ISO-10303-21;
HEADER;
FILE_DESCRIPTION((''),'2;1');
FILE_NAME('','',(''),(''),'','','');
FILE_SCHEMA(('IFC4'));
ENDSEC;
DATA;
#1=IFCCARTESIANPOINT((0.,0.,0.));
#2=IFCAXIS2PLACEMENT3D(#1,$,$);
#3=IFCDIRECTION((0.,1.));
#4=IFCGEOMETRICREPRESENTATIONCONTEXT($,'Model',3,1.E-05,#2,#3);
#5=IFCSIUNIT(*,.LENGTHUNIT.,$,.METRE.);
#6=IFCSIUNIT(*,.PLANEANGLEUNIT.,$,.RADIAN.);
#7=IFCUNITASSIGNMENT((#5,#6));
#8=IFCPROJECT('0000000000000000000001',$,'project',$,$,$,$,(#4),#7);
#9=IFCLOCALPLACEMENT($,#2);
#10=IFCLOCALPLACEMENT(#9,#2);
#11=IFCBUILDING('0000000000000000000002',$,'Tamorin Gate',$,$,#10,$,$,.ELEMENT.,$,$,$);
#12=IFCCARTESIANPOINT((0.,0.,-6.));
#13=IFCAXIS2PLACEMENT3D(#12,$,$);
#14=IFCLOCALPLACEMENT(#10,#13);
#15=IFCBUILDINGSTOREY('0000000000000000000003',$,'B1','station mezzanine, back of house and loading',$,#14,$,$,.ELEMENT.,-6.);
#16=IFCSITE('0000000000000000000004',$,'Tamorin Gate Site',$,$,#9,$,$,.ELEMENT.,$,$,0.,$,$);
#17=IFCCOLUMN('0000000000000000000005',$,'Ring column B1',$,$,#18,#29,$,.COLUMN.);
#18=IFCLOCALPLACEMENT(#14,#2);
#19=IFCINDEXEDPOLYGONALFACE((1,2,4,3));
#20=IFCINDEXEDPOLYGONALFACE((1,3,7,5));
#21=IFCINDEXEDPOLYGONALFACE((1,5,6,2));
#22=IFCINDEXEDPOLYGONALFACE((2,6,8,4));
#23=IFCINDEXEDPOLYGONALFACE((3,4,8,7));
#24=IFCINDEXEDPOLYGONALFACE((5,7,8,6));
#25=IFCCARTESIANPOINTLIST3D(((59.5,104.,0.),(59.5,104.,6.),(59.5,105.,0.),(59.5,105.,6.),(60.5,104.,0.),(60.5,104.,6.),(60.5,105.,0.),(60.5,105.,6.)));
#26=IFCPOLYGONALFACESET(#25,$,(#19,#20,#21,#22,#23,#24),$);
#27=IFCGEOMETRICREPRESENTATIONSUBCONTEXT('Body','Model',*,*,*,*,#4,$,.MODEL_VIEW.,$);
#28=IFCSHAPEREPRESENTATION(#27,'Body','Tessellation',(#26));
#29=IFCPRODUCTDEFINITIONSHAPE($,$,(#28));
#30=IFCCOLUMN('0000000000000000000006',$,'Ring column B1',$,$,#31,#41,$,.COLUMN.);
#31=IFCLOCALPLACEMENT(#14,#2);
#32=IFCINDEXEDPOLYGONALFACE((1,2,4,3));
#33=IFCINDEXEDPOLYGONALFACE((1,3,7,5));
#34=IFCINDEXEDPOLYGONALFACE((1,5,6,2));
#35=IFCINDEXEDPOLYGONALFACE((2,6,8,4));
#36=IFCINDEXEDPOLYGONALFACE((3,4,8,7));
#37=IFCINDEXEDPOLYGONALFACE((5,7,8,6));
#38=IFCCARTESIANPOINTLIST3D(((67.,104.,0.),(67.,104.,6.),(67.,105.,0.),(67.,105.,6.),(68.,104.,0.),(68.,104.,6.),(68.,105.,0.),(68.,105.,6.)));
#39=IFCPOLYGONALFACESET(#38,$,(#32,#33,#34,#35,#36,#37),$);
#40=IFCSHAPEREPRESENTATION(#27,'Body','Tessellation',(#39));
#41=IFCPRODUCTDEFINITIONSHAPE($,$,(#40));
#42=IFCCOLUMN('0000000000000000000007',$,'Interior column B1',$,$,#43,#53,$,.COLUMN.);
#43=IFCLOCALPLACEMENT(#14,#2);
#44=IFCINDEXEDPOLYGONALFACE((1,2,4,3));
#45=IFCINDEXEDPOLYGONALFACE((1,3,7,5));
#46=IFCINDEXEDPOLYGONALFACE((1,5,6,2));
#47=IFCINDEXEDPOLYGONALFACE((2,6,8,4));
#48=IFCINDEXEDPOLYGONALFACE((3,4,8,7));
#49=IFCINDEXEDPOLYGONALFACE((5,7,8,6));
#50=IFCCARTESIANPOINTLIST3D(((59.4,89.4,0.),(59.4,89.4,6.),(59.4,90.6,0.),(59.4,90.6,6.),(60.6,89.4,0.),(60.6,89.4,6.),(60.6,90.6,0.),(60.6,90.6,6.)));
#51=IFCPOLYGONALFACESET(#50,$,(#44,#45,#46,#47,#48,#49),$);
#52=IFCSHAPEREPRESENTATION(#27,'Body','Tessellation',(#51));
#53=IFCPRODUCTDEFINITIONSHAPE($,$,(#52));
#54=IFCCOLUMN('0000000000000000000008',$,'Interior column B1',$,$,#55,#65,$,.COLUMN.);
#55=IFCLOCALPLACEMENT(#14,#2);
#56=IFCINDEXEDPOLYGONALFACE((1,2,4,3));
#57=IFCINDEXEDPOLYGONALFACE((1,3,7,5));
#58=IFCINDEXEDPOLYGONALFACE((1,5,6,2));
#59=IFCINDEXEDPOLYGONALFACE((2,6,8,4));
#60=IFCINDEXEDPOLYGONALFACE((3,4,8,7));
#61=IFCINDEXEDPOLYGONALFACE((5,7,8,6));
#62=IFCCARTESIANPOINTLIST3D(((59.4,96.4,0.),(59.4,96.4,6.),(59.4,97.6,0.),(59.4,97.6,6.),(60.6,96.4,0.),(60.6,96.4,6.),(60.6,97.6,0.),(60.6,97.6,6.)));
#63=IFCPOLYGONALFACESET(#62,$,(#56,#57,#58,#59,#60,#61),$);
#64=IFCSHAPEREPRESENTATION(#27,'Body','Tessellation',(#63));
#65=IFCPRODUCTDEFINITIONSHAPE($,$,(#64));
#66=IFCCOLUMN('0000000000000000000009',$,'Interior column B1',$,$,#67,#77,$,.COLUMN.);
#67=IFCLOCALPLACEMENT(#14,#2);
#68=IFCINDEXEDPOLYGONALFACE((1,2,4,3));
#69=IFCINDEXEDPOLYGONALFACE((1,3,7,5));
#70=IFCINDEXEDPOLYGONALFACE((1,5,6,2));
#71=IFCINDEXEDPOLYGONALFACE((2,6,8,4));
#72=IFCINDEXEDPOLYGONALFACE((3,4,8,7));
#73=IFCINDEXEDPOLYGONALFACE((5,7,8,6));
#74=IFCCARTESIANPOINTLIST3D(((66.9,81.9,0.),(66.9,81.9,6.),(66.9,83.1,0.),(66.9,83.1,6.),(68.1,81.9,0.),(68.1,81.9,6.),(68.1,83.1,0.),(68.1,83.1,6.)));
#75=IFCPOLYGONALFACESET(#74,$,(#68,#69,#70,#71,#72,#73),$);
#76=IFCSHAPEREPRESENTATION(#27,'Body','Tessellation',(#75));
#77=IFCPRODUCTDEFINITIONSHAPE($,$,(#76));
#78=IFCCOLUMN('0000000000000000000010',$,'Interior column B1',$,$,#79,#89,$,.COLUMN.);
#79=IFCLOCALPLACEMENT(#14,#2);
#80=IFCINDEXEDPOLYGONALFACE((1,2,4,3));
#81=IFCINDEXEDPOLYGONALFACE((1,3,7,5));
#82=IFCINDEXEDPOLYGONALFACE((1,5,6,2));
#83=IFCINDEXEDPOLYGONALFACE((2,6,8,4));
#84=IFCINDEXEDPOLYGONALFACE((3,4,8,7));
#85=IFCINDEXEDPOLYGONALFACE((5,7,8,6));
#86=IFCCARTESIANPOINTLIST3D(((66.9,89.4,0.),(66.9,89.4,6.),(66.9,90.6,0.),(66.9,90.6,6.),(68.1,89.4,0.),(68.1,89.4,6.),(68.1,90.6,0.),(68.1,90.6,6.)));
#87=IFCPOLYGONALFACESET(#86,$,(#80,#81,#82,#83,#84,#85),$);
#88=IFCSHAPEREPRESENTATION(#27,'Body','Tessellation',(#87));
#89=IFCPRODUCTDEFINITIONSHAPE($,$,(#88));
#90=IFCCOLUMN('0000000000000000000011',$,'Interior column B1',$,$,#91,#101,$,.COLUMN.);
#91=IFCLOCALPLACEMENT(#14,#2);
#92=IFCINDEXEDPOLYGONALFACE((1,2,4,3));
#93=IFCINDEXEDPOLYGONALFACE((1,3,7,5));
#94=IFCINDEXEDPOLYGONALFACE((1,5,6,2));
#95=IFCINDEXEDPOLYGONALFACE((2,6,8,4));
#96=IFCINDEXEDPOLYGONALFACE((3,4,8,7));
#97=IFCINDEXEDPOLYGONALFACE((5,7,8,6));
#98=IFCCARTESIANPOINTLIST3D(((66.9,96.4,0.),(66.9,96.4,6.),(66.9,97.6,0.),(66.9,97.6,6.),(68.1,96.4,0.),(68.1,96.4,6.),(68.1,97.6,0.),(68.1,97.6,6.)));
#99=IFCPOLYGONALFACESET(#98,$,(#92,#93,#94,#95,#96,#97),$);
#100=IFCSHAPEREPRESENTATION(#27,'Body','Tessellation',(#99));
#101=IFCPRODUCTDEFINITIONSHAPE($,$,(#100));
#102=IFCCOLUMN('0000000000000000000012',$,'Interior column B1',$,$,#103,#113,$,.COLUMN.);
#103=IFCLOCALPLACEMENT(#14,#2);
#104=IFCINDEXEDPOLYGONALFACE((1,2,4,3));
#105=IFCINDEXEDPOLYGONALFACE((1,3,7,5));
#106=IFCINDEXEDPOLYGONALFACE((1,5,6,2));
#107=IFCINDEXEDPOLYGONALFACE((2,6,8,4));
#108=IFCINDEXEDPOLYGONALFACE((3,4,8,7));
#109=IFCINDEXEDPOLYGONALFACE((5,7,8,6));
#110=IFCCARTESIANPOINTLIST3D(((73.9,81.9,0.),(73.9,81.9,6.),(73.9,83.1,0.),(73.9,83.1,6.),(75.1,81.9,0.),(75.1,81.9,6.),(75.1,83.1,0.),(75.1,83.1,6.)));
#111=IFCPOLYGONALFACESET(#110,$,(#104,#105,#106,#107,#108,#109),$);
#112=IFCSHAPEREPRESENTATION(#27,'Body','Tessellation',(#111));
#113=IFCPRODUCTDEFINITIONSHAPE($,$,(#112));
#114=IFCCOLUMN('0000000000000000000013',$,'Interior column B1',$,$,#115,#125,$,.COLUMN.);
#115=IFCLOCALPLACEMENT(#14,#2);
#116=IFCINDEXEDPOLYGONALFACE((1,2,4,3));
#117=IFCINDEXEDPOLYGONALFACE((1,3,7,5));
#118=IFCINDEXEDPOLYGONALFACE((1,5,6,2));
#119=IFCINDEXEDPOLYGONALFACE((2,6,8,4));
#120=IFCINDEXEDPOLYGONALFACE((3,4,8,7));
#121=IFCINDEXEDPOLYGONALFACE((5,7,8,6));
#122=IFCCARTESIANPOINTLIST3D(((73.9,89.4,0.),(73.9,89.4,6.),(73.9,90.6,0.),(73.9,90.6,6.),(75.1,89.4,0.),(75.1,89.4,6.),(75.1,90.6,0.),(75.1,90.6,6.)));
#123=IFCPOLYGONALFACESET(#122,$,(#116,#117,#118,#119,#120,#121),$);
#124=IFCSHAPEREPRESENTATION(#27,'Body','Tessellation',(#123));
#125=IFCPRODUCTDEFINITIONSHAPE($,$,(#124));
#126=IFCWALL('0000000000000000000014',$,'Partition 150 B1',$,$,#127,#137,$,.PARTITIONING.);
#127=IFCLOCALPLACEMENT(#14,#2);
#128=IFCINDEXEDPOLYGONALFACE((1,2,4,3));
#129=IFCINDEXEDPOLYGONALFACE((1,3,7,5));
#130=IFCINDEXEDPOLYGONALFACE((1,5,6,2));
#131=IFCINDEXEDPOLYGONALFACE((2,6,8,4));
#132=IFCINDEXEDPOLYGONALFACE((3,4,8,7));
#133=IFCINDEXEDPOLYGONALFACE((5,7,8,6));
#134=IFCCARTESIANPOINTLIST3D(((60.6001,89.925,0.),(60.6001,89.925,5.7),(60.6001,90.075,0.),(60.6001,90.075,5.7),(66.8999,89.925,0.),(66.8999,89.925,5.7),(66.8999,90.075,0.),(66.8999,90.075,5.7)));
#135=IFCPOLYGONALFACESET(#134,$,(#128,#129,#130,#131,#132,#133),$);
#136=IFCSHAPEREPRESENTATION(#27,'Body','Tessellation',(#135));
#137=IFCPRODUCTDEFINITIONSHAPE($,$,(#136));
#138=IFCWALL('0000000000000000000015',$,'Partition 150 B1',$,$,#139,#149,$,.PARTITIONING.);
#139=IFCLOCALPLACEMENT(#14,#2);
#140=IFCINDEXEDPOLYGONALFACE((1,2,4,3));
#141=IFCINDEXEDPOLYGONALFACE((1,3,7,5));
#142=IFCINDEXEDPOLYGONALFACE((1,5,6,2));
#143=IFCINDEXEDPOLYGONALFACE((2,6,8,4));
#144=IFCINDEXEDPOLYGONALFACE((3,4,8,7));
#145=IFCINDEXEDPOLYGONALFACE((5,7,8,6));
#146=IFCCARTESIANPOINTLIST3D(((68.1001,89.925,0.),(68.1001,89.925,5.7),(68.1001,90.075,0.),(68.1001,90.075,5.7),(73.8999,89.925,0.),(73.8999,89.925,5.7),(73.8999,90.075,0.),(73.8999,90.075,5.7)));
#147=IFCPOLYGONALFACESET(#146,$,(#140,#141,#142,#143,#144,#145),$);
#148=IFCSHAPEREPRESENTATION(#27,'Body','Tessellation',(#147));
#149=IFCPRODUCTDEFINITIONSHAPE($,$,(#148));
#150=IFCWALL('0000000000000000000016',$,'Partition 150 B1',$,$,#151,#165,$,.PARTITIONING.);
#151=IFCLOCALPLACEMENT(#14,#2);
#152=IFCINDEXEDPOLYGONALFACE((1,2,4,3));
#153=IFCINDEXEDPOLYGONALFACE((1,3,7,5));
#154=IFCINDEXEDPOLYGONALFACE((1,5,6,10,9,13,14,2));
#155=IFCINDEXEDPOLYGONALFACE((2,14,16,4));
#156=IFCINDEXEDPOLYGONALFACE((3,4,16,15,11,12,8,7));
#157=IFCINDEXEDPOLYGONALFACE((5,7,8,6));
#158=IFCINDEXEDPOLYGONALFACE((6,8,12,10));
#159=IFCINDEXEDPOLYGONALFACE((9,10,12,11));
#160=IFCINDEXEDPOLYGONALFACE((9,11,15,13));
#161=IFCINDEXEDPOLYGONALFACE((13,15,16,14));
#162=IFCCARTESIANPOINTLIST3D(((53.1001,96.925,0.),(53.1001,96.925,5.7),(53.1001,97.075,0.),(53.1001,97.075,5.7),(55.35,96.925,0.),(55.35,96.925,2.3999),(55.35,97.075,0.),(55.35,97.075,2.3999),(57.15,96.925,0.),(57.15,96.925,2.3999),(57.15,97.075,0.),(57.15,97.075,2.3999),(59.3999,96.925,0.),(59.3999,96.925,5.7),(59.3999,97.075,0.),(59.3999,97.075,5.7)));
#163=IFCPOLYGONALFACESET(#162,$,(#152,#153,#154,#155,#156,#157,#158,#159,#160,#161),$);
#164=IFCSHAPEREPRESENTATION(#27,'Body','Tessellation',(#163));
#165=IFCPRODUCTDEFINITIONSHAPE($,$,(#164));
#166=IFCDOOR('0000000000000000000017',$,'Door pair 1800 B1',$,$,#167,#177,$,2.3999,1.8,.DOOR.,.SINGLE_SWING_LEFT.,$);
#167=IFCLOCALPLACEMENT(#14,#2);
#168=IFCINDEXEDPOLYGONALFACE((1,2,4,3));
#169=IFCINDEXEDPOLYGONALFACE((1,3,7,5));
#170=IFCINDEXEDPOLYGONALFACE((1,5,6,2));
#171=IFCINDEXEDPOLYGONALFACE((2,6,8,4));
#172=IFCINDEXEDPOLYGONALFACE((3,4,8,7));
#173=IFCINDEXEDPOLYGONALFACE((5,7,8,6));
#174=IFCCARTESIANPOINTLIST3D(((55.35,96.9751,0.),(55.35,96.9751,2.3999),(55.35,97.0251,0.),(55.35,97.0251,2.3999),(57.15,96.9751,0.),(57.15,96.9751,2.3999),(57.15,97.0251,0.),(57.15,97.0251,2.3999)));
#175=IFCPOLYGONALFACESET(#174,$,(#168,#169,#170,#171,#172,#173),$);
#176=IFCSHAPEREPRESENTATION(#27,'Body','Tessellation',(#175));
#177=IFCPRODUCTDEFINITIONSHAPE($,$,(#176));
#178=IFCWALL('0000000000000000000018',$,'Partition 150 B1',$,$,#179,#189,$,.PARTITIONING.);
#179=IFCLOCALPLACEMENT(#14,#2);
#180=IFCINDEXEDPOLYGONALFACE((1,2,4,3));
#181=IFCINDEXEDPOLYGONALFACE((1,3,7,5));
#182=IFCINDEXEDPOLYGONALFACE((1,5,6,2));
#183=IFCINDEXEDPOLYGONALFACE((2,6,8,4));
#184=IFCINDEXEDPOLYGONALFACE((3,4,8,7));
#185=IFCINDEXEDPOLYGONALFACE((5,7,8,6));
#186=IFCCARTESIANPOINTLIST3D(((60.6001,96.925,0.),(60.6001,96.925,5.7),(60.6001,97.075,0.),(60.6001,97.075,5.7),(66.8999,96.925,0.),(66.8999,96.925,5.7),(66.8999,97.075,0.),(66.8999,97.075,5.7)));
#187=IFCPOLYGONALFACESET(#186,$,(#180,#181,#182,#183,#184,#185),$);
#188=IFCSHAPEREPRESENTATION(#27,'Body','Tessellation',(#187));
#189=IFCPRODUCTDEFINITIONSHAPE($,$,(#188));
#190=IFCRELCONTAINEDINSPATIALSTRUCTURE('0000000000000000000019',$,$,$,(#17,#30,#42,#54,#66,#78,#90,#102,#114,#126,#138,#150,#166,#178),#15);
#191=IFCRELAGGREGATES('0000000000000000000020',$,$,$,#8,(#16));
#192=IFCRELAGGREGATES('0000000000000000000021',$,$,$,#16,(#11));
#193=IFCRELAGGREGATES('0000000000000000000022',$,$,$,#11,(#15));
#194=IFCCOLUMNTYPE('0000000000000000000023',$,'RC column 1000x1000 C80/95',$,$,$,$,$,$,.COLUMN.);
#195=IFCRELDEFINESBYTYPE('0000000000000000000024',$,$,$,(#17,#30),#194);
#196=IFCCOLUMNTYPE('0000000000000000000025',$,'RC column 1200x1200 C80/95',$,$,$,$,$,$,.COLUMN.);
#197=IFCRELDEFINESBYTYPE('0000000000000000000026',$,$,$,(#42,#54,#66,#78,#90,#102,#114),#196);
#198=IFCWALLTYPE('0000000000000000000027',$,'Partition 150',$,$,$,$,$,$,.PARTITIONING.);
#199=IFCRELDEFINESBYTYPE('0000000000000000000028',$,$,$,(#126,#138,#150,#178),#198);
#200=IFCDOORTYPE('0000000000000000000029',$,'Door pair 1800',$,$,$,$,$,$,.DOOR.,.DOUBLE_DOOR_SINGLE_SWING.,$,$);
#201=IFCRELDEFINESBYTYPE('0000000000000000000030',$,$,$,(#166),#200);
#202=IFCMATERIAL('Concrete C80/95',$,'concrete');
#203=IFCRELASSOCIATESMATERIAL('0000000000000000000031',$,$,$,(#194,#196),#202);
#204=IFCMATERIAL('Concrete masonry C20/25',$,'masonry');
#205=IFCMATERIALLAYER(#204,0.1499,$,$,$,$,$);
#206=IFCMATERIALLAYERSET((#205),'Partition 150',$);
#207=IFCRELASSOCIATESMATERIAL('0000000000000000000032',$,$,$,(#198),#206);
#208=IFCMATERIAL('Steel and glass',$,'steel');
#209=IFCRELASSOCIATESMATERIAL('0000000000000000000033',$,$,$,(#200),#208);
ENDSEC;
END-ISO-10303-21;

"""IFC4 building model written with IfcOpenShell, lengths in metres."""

from ifc_helpers import new_model, si_unit, direction, frame, frame_2d, origin, origin_2d, place, context, subcontext, project, spatial, rectangle, extrude, material, layer, layer_set, material_profile, profile_set, type_object, element, fill, save


model = new_model("IFC4")

# Units and contexts
model_context = context("Model", 3, precision=1e-05, world=origin(), true_north=direction((0.0, 1.0)))
body_context = subcontext(model_context, "Body", "Model", "MODEL_VIEW")
ifc_project = project(units=[si_unit("LENGTHUNIT", "METRE"), si_unit("PLANEANGLEUNIT", "RADIAN")], contexts=[model_context])

# Site, building, storey
site_placement = place(None, origin())
site = spatial("IfcSite", under=ifc_project, at=site_placement, Name="Tamorin Gate Site", CompositionType="ELEMENT", RefElevation=0.0)
building_placement = place(site_placement, origin())
building = spatial("IfcBuilding", under=site, at=building_placement, Name="Tamorin Gate", CompositionType="ELEMENT")
storey_placement = place(building_placement, frame((0.0, 0.0, -6.0)))
storey = spatial("IfcBuildingStorey", under=building, at=storey_placement, Name="B1", Description="station mezzanine, back of house and loading", CompositionType="ELEMENT", Elevation=-6.0)

# Columns
ifc_material_1 = material(Name="Concrete C80/95", Category="concrete")
ifc_material_profile_1 = material_profile(ifc_material_1, rectangle(XDim=1.0, YDim=1.0, at=origin_2d()), Name="RC 1000x1000")
ifc_profile_set_1 = profile_set([ifc_material_profile_1], Name="Concrete C80/95")
column_type_1 = type_object("IfcColumnType", Name="RC column 1000x1000 C80/95", PredefinedType="COLUMN", material=ifc_profile_set_1)
for number, where, z_axis, x_axis, name in (
    (1, (60.0, 104.5, 0.0), (0.0, 0.0, 1.0), (1.0, 0.0, 0.0), "Ring column B1"),
    (2, (67.5, 104.5, 0.0), (0.0, 0.0, 1.0), (1.0, 0.0, 0.0), "Ring column B1"),
):
    element("IfcColumn", number, at=place(storey_placement, frame(where, z_axis=z_axis, x_axis=x_axis)), inside=storey, type_object=column_type_1, Name=name, PredefinedType="COLUMN", context=body_context, shape_type="SweptSolid", body=[
        extrude(rectangle(XDim=1.0, YDim=1.0, at=origin_2d()), origin(), (0.0, 0.0, 1.0), 6.0),
    ])
ifc_material_profile_2 = material_profile(ifc_material_1, rectangle(XDim=1.2, YDim=1.2, at=origin_2d()), Name="RC 1200x1200")
ifc_profile_set_2 = profile_set([ifc_material_profile_2], Name="Concrete C80/95")
column_type_2 = type_object("IfcColumnType", Name="RC column 1200x1200 C80/95", PredefinedType="COLUMN", material=ifc_profile_set_2)
for number, where, z_axis, x_axis, name in (
    (3, (60.0, 90.0, 0.0), (0.0, 0.0, 1.0), (1.0, 0.0, 0.0), "Interior column B1"),
    (4, (60.0, 97.0, 0.0), (0.0, 0.0, 1.0), (1.0, 0.0, 0.0), "Interior column B1"),
    (5, (67.5, 82.5, 0.0), (0.0, 0.0, 1.0), (1.0, 0.0, 0.0), "Interior column B1"),
    (6, (67.5, 90.0, 0.0), (0.0, 0.0, 1.0), (1.0, 0.0, 0.0), "Interior column B1"),
    (7, (67.5, 97.0, 0.0), (0.0, 0.0, 1.0), (1.0, 0.0, 0.0), "Interior column B1"),
    (8, (74.5, 82.5, 0.0), (0.0, 0.0, 1.0), (1.0, 0.0, 0.0), "Interior column B1"),
    (9, (74.5, 90.0, 0.0), (0.0, 0.0, 1.0), (1.0, 0.0, 0.0), "Interior column B1"),
):
    element("IfcColumn", number, at=place(storey_placement, frame(where, z_axis=z_axis, x_axis=x_axis)), inside=storey, type_object=column_type_2, Name=name, PredefinedType="COLUMN", context=body_context, shape_type="SweptSolid", body=[
        extrude(rectangle(XDim=1.2, YDim=1.2, at=origin_2d()), origin(), (0.0, 0.0, 1.0), 6.0),
    ])

# Walls
ifc_material_2 = material(Name="Concrete masonry C20/25", Category="masonry")
ifc_layer_1 = layer(ifc_material_2, 0.1499)
ifc_layer_set_1 = layer_set([ifc_layer_1], Name="Partition 150")
wall_type_1 = type_object("IfcWallType", Name="Partition 150", PredefinedType="PARTITIONING", material=ifc_layer_set_1)
wall_1_placement = place(storey_placement, frame((60.6001, 90.0, 0.0), z_axis=(0.0, 0.0, 1.0), x_axis=(1.0, 0.0, 0.0)))
element("IfcWall", 10, at=wall_1_placement, inside=storey, type_object=wall_type_1, Name="Partition 150 B1", PredefinedType="PARTITIONING", context=body_context, shape_type="SweptSolid", body=[
    extrude(rectangle(XDim=6.2998, YDim=0.1499, at=frame_2d((3.1499, 0.0))), origin(), (0.0, 0.0, 1.0), 5.7),
])
wall_2_placement = place(storey_placement, frame((68.1001, 90.0, 0.0), z_axis=(0.0, 0.0, 1.0), x_axis=(1.0, 0.0, 0.0)))
element("IfcWall", 11, at=wall_2_placement, inside=storey, type_object=wall_type_1, Name="Partition 150 B1", PredefinedType="PARTITIONING", context=body_context, shape_type="SweptSolid", body=[
    extrude(rectangle(XDim=5.7998, YDim=0.1499, at=frame_2d((2.8999, 0.0))), origin(), (0.0, 0.0, 1.0), 5.7),
])

# Wall, opening, door
wall_3_placement = place(storey_placement, frame((59.3999, 97.0, 0.0), z_axis=(0.0, 0.0, 1.0), x_axis=(-1.0, 0.0, 0.0)))
wall_3 = element("IfcWall", 12, at=wall_3_placement, inside=storey, type_object=wall_type_1, Name="Partition 150 B1", PredefinedType="PARTITIONING", context=body_context, shape_type="SweptSolid", body=[
    extrude(rectangle(XDim=6.2998, YDim=0.1499, at=frame_2d((3.1499, 0.0))), origin(), (0.0, 0.0, 1.0), 5.7),
])
opening_1_placement = place(wall_3_placement, frame((2.25, 0.0, 0.0)))
opening_1 = element("IfcOpeningElement", 13, at=opening_1_placement, cuts=wall_3, PredefinedType="OPENING", context=body_context, shape_type="SweptSolid", body=[
    extrude(rectangle(XDim=1.8, YDim=2.3999, at=frame_2d((0.8999, 1.2))), frame((0.0, 0.085, 0.0), z_axis=(0.0, -1.0, 0.0), x_axis=(1.0, 0.0, 0.0)), (0.0, 0.0, 1.0), 0.1699),
])
ifc_material_3 = material(Name="Steel and glass", Category="steel")
door_type_1 = type_object("IfcDoorType", Name="Door pair 1800", OperationType="DOUBLE_DOOR_SINGLE_SWING", PredefinedType="DOOR", material=ifc_material_3)
door_1_placement = place(opening_1_placement, origin())
door_1 = element("IfcDoor", 14, at=door_1_placement, inside=storey, type_object=door_type_1, Name="Door pair 1800 B1", OperationType="SINGLE_SWING_LEFT", OverallHeight=2.3999, OverallWidth=1.8, PredefinedType="DOOR", context=body_context, shape_type="SweptSolid", body=[
    extrude(rectangle(XDim=1.8, YDim=2.3999, at=frame_2d((0.8999, 1.2))), frame((0.0, 0.0249, 0.0), z_axis=(0.0, -1.0, 0.0), x_axis=(1.0, 0.0, 0.0)), (0.0, 0.0, 1.0), 0.05),
])
fill(opening_1, door_1)

# Wall
wall_4_placement = place(storey_placement, frame((60.6001, 97.0, 0.0), z_axis=(0.0, 0.0, 1.0), x_axis=(1.0, 0.0, 0.0)))
element("IfcWall", 15, at=wall_4_placement, inside=storey, type_object=wall_type_1, Name="Partition 150 B1", PredefinedType="PARTITIONING", context=body_context, shape_type="SweptSolid", body=[
    extrude(rectangle(XDim=6.2998, YDim=0.1499, at=frame_2d((3.1499, 0.0))), origin(), (0.0, 0.0, 1.0), 5.7),
])

save(model, "model.ifc")
